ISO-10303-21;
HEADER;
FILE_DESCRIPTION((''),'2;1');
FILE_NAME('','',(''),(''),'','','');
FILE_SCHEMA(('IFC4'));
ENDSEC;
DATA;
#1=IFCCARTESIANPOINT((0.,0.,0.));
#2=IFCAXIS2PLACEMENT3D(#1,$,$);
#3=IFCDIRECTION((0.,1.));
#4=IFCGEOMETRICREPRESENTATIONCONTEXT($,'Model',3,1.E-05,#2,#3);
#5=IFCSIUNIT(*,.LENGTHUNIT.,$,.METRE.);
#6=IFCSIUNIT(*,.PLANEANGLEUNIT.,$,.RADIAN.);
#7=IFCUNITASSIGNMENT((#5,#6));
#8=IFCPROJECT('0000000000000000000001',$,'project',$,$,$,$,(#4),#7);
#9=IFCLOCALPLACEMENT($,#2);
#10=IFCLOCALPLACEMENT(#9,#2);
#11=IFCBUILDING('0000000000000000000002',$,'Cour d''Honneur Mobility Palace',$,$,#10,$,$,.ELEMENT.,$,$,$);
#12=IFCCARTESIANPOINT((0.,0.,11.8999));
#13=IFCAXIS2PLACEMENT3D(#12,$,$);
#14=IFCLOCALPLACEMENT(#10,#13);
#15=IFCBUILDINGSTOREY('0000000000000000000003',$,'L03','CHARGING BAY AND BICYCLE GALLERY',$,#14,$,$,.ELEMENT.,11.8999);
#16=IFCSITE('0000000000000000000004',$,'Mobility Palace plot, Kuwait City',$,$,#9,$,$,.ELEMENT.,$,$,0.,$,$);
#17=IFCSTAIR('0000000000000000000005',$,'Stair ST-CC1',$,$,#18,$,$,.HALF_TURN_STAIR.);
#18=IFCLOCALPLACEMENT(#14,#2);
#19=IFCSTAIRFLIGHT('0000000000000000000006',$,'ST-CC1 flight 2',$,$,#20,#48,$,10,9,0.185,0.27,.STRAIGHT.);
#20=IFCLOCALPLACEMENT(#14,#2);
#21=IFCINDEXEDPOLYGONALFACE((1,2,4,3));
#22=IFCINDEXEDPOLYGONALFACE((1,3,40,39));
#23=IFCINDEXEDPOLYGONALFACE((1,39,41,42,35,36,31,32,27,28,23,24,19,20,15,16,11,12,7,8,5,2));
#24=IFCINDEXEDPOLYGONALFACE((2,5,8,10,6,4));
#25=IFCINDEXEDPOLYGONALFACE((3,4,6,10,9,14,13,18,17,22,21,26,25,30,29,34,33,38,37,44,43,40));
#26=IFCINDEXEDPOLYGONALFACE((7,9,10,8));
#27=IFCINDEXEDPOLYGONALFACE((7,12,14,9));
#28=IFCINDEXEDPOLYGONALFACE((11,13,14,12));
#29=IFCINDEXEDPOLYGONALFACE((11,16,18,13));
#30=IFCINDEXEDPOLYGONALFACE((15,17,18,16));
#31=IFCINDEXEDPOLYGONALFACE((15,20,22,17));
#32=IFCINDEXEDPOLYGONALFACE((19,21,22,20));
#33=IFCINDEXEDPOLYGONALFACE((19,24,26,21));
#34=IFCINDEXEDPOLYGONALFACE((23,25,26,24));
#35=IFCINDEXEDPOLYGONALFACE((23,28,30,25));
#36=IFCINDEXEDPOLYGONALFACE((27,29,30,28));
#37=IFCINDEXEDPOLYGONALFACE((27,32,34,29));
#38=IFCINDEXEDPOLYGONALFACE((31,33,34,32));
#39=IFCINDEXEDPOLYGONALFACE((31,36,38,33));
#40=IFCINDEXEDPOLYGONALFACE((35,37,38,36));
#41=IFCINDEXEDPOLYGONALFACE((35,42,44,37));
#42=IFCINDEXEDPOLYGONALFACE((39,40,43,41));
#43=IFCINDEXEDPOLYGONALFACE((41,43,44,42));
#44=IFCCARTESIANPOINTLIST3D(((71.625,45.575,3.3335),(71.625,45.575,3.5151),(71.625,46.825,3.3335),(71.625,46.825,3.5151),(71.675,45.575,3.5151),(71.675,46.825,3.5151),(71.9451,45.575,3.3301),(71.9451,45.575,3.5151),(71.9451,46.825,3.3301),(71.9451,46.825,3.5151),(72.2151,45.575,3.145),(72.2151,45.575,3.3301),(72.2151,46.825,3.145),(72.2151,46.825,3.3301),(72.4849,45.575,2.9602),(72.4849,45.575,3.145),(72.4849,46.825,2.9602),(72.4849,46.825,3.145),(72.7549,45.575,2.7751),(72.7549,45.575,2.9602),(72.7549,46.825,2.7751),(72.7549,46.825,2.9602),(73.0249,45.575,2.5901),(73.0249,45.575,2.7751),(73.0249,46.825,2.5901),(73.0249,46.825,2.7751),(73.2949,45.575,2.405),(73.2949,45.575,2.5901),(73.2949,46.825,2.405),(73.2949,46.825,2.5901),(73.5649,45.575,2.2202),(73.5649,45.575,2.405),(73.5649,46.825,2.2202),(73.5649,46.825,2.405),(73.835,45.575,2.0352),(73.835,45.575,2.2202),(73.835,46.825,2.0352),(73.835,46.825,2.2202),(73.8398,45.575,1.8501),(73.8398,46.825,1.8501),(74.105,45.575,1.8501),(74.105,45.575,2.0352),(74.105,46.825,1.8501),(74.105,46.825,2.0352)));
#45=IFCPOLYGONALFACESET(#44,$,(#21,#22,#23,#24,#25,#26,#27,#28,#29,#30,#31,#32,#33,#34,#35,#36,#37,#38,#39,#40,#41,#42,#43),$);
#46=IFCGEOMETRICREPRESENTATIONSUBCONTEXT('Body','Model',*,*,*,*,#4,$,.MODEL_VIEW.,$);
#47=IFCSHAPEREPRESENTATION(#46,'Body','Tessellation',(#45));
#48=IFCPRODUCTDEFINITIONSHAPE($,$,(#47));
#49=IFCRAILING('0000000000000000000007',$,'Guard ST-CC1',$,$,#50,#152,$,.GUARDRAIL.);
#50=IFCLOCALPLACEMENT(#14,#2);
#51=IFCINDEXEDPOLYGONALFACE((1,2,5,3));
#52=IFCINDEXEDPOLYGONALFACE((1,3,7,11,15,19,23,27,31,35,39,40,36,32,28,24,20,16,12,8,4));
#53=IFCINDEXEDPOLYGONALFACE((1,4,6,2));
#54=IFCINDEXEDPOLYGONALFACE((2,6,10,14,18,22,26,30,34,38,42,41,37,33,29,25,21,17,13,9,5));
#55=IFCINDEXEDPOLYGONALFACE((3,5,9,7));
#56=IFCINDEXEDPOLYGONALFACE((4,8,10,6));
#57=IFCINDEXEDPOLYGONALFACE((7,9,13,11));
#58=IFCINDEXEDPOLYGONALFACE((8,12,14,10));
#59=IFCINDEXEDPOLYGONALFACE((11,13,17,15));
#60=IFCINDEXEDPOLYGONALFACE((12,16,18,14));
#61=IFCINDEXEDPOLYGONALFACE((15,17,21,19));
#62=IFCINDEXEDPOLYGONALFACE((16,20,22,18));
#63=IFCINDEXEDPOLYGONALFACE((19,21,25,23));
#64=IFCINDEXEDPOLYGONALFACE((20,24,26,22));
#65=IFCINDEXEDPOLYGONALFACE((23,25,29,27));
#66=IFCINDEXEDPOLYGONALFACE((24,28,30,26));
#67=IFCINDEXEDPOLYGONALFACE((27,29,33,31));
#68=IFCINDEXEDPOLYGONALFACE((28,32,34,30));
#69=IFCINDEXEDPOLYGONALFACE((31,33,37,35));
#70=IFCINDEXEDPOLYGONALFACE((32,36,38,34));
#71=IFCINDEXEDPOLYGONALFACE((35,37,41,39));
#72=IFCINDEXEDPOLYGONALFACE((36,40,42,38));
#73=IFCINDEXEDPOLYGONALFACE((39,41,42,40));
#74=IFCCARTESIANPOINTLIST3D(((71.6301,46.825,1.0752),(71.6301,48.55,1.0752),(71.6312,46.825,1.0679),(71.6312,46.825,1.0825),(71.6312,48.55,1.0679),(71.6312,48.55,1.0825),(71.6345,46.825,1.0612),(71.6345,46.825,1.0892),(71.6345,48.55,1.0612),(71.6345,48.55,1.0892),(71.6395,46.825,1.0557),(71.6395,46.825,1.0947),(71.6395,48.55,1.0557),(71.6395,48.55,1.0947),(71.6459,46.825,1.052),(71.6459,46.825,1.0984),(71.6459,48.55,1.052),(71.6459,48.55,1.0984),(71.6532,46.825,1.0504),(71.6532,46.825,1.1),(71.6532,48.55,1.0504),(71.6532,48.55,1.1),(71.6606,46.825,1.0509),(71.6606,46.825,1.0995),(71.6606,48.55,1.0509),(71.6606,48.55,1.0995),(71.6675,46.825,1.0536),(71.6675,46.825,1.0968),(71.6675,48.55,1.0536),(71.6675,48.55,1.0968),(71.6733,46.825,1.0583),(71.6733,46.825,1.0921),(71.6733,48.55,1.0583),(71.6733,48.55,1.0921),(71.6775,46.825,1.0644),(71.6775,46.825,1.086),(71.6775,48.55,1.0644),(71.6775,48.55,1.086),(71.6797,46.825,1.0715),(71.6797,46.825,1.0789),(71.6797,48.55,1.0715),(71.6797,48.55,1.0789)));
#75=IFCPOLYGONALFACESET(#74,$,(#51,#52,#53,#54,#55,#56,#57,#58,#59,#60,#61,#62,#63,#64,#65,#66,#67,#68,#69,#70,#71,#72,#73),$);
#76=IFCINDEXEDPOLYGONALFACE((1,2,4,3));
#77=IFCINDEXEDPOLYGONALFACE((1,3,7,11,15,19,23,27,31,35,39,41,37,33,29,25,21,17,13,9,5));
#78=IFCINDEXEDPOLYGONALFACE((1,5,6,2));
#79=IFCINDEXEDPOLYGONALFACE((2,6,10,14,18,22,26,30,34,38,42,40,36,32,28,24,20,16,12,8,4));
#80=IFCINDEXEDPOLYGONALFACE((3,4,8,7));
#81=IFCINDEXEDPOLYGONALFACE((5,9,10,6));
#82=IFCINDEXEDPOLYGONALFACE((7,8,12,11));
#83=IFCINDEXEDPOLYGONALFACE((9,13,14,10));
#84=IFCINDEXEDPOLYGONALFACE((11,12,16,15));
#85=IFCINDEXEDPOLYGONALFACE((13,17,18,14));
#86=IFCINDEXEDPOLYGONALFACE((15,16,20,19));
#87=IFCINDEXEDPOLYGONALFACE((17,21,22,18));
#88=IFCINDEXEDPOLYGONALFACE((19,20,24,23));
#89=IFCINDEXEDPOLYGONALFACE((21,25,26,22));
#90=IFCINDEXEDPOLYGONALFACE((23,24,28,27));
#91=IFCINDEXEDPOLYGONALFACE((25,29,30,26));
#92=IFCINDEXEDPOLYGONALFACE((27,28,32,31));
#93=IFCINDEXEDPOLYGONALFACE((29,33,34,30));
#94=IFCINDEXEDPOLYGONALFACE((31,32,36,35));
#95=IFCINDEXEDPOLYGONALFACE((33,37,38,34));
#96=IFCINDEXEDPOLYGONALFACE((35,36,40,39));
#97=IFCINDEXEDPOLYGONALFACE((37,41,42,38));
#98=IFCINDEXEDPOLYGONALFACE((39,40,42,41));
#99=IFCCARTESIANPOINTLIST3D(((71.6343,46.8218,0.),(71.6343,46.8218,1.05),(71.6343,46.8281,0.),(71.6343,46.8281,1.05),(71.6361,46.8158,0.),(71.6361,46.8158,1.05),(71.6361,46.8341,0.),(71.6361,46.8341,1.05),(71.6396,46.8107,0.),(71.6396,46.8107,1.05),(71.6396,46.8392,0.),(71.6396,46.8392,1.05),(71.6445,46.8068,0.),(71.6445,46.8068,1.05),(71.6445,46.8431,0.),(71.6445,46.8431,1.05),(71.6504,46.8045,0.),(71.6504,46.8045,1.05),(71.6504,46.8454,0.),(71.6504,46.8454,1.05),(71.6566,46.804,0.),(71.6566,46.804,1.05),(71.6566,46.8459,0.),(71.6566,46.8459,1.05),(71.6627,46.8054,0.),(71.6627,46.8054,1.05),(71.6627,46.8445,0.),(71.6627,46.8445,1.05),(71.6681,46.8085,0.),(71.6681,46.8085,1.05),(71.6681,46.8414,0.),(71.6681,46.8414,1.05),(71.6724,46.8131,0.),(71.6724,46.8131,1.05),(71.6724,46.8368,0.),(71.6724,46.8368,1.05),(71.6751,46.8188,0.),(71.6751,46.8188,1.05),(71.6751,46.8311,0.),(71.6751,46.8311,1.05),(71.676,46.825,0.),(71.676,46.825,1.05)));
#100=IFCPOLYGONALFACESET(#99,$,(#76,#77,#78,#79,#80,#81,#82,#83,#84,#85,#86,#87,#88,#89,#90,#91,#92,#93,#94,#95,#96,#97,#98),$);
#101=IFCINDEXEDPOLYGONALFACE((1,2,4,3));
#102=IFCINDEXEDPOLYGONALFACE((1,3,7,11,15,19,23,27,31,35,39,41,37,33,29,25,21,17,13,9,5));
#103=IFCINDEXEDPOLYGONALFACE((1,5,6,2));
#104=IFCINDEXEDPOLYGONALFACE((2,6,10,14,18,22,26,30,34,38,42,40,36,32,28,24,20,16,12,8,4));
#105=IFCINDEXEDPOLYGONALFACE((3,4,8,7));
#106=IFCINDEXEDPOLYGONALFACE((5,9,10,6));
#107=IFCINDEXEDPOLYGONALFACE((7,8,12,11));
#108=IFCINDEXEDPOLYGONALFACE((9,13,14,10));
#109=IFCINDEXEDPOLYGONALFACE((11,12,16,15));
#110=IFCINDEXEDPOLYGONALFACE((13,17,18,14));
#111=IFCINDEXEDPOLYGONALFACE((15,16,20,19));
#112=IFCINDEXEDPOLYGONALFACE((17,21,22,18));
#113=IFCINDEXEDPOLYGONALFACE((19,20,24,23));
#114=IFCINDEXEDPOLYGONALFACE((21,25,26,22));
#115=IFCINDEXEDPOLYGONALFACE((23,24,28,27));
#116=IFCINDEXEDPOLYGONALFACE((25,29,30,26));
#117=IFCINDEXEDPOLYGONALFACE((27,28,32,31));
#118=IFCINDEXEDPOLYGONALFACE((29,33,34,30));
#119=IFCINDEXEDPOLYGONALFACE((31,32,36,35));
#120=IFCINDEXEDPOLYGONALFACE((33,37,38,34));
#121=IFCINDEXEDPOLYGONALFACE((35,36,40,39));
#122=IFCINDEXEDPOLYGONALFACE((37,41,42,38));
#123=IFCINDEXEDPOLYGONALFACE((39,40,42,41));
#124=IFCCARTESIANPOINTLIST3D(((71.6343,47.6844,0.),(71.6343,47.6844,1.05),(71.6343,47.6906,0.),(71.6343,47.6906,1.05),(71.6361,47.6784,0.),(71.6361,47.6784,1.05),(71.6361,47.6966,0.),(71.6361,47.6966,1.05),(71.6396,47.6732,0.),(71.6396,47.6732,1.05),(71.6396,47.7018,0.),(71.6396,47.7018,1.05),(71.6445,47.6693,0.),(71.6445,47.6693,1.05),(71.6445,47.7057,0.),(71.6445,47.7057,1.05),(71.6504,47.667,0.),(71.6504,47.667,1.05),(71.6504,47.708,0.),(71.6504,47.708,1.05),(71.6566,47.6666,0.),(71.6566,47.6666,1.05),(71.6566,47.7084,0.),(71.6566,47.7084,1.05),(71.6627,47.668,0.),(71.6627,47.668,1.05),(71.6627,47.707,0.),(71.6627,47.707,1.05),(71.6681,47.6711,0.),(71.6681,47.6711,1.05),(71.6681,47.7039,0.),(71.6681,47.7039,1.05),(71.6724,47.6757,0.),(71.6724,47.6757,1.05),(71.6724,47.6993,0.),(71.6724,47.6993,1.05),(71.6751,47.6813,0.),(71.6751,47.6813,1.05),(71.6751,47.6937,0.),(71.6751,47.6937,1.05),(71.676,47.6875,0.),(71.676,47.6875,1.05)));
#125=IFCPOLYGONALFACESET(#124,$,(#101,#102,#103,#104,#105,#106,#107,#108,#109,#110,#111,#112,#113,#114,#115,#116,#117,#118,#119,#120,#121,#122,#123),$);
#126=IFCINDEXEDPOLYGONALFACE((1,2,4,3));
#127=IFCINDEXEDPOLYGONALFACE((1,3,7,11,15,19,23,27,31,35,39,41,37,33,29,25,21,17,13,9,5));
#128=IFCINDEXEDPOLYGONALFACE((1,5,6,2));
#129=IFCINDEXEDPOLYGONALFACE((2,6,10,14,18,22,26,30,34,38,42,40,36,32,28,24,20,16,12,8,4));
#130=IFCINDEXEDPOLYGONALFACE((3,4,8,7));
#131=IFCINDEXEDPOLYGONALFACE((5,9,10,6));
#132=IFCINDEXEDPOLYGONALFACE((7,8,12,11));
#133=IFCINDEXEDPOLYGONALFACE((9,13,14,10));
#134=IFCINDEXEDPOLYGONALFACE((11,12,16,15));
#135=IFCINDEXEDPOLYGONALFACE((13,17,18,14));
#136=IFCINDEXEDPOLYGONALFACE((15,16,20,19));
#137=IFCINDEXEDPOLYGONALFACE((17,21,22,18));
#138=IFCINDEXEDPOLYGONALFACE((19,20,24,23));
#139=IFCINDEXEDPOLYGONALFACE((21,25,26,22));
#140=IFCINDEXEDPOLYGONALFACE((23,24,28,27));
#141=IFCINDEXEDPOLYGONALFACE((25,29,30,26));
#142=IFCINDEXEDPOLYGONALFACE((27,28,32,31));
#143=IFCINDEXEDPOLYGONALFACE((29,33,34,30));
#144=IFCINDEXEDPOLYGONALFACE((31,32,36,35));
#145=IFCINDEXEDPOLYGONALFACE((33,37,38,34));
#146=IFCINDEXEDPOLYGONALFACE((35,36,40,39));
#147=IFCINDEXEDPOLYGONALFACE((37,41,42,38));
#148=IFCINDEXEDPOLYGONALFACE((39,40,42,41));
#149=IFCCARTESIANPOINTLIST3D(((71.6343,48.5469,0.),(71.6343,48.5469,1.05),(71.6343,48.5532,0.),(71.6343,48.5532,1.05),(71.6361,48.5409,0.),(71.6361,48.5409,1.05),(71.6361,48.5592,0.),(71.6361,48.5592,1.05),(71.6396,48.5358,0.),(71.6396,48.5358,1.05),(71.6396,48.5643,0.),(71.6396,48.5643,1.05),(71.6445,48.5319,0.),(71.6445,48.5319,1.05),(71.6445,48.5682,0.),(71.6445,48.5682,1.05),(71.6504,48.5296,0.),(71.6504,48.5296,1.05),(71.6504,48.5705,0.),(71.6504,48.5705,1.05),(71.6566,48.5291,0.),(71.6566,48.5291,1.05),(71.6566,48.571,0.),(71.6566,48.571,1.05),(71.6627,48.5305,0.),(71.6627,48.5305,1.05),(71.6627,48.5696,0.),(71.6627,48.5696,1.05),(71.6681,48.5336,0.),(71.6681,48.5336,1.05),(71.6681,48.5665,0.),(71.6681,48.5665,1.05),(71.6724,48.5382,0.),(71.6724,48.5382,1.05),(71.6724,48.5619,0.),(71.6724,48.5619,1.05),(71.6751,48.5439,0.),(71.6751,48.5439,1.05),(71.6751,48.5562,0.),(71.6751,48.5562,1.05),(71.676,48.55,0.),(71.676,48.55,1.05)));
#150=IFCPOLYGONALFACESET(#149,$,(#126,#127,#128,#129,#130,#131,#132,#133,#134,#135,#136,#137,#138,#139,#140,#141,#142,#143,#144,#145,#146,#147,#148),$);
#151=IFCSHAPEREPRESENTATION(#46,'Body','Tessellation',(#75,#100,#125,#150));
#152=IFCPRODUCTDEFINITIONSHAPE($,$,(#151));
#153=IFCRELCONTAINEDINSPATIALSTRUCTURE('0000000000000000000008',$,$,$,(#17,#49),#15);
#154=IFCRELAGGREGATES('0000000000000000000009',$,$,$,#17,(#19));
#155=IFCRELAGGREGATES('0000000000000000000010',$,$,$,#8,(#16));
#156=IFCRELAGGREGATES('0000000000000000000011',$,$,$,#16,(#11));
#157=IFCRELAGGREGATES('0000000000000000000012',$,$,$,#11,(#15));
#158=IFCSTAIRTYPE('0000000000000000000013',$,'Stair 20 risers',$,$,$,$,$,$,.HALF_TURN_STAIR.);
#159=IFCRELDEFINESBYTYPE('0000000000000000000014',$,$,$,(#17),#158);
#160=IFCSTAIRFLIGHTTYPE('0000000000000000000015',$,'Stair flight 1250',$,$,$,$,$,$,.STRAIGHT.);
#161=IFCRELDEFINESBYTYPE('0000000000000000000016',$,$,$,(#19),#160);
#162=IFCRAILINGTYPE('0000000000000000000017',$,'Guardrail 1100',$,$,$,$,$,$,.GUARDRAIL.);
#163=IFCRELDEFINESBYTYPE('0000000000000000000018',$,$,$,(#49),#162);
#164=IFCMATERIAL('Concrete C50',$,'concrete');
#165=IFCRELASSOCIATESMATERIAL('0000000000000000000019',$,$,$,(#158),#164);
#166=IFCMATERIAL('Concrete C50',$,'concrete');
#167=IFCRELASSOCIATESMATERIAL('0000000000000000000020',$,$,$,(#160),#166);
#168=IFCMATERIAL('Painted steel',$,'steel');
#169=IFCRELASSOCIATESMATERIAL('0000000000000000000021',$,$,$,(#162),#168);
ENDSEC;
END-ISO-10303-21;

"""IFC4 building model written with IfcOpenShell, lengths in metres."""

from ifc_helpers import new_model, si_unit, direction, frame, origin, origin_2d, place, context, subcontext, project, spatial, polyline, circle, outline, extrude, material, type_object, element, aggregate, save


model = new_model("IFC4")

# Units and contexts
model_context = context("Model", 3, precision=1e-05, world=origin(), true_north=direction((0.0, 1.0)))
body_context = subcontext(model_context, "Body", "Model", "MODEL_VIEW")
ifc_project = project(units=[si_unit("LENGTHUNIT", "METRE"), si_unit("PLANEANGLEUNIT", "RADIAN")], contexts=[model_context])

# Site, building, storey
site_placement = place(None, origin())
site = spatial("IfcSite", under=ifc_project, at=site_placement, Name="Mobility Palace plot, Kuwait City", CompositionType="ELEMENT", RefElevation=0.0)
building_placement = place(site_placement, origin())
building = spatial("IfcBuilding", under=site, at=building_placement, Name="Cour d'Honneur Mobility Palace", CompositionType="ELEMENT")
storey_placement = place(building_placement, frame((0.0, 0.0, 11.8999)))
storey = spatial("IfcBuildingStorey", under=building, at=storey_placement, Name="L03", Description="CHARGING BAY AND BICYCLE GALLERY", CompositionType="ELEMENT", Elevation=11.8999)

# Stair, stair flight
ifc_material_1 = material(Name="Concrete C50", Category="concrete")
stair_type = type_object("IfcStairType", Name="Stair 20 risers", PredefinedType="HALF_TURN_STAIR", material=ifc_material_1)
stair_placement = place(storey_placement, origin())
stair = element("IfcStair", 1, at=stair_placement, inside=storey, type_object=stair_type, Name="Stair ST-CC1", PredefinedType="HALF_TURN_STAIR")
ifc_material_2 = material(Name="Concrete C50", Category="concrete")
stair_flight_type = type_object("IfcStairFlightType", Name="Stair flight 1250", PredefinedType="STRAIGHT", material=ifc_material_2)
stair_flight_placement = place(storey_placement, frame((74.105, 46.2, 1.8501), z_axis=(0.0, 0.0, 1.0), x_axis=(-1.0, 0.0, 0.0)))
stair_flight = element("IfcStairFlight", 2, at=stair_flight_placement, type_object=stair_flight_type, Name="ST-CC1 flight 2", NumberOfRisers=10, NumberOfTreads=9, PredefinedType="STRAIGHT", RiserHeight=0.185, TreadLength=0.27, context=body_context, shape_type="SweptSolid", body=[
    extrude(outline(polyline([(0.0, 0.0), (0.0, 0.1851), (0.27, 0.1851), (0.27, 0.3701), (0.54, 0.3701), (0.54, 0.5549), (0.8101, 0.5549), (0.8101, 0.74), (1.0801, 0.74), (1.0801, 0.925), (1.3501, 0.925), (1.3501, 1.1101), (1.6201, 1.1101), (1.6201, 1.2949), (1.8899, 1.2949), (1.8899, 1.48), (2.1599, 1.48), (2.1599, 1.665), (2.4299, 1.665), (2.48, 1.665), (2.48, 1.4834), (0.2651, 0.0), (0.0, 0.0)])), frame((0.0, 0.625, 0.0), z_axis=(0.0, -1.0, 0.0), x_axis=(1.0, 0.0, 0.0)), (0.0, 0.0, 1.0), 1.25),
])
aggregate(stair, [stair_flight])

# Railing
ifc_material_3 = material(Name="Painted steel", Category="steel")
railing_type_1 = type_object("IfcRailingType", Name="Guardrail 1100", PredefinedType="GUARDRAIL", material=ifc_material_3)
railing_placement = place(storey_placement, frame((71.655, 46.825, 0.0)))
element("IfcRailing", 3, at=railing_placement, inside=storey, type_object=railing_type_1, Name="Guard ST-CC1", PredefinedType="GUARDRAIL", context=body_context, shape_type="SweptSolid", body=[
    extrude(circle(Radius=0.0249, at=origin_2d()), frame((0.0, 0.0, 1.0752), z_axis=(0.0, 1.0, 0.0), x_axis=(-1.0, 0.0, 0.0)), (0.0, 0.0, 1.0), 1.7251),
    extrude(circle(Radius=0.021, at=origin_2d()), origin(), (0.0, 0.0, 1.0), 1.05),
    extrude(circle(Radius=0.021, at=origin_2d()), frame((0.0, 0.8625, 0.0)), (0.0, 0.0, 1.0), 1.05),
    extrude(circle(Radius=0.021, at=origin_2d()), frame((0.0, 1.7251, 0.0)), (0.0, 0.0, 1.0), 1.05),
])

save(model, "model.ifc")
